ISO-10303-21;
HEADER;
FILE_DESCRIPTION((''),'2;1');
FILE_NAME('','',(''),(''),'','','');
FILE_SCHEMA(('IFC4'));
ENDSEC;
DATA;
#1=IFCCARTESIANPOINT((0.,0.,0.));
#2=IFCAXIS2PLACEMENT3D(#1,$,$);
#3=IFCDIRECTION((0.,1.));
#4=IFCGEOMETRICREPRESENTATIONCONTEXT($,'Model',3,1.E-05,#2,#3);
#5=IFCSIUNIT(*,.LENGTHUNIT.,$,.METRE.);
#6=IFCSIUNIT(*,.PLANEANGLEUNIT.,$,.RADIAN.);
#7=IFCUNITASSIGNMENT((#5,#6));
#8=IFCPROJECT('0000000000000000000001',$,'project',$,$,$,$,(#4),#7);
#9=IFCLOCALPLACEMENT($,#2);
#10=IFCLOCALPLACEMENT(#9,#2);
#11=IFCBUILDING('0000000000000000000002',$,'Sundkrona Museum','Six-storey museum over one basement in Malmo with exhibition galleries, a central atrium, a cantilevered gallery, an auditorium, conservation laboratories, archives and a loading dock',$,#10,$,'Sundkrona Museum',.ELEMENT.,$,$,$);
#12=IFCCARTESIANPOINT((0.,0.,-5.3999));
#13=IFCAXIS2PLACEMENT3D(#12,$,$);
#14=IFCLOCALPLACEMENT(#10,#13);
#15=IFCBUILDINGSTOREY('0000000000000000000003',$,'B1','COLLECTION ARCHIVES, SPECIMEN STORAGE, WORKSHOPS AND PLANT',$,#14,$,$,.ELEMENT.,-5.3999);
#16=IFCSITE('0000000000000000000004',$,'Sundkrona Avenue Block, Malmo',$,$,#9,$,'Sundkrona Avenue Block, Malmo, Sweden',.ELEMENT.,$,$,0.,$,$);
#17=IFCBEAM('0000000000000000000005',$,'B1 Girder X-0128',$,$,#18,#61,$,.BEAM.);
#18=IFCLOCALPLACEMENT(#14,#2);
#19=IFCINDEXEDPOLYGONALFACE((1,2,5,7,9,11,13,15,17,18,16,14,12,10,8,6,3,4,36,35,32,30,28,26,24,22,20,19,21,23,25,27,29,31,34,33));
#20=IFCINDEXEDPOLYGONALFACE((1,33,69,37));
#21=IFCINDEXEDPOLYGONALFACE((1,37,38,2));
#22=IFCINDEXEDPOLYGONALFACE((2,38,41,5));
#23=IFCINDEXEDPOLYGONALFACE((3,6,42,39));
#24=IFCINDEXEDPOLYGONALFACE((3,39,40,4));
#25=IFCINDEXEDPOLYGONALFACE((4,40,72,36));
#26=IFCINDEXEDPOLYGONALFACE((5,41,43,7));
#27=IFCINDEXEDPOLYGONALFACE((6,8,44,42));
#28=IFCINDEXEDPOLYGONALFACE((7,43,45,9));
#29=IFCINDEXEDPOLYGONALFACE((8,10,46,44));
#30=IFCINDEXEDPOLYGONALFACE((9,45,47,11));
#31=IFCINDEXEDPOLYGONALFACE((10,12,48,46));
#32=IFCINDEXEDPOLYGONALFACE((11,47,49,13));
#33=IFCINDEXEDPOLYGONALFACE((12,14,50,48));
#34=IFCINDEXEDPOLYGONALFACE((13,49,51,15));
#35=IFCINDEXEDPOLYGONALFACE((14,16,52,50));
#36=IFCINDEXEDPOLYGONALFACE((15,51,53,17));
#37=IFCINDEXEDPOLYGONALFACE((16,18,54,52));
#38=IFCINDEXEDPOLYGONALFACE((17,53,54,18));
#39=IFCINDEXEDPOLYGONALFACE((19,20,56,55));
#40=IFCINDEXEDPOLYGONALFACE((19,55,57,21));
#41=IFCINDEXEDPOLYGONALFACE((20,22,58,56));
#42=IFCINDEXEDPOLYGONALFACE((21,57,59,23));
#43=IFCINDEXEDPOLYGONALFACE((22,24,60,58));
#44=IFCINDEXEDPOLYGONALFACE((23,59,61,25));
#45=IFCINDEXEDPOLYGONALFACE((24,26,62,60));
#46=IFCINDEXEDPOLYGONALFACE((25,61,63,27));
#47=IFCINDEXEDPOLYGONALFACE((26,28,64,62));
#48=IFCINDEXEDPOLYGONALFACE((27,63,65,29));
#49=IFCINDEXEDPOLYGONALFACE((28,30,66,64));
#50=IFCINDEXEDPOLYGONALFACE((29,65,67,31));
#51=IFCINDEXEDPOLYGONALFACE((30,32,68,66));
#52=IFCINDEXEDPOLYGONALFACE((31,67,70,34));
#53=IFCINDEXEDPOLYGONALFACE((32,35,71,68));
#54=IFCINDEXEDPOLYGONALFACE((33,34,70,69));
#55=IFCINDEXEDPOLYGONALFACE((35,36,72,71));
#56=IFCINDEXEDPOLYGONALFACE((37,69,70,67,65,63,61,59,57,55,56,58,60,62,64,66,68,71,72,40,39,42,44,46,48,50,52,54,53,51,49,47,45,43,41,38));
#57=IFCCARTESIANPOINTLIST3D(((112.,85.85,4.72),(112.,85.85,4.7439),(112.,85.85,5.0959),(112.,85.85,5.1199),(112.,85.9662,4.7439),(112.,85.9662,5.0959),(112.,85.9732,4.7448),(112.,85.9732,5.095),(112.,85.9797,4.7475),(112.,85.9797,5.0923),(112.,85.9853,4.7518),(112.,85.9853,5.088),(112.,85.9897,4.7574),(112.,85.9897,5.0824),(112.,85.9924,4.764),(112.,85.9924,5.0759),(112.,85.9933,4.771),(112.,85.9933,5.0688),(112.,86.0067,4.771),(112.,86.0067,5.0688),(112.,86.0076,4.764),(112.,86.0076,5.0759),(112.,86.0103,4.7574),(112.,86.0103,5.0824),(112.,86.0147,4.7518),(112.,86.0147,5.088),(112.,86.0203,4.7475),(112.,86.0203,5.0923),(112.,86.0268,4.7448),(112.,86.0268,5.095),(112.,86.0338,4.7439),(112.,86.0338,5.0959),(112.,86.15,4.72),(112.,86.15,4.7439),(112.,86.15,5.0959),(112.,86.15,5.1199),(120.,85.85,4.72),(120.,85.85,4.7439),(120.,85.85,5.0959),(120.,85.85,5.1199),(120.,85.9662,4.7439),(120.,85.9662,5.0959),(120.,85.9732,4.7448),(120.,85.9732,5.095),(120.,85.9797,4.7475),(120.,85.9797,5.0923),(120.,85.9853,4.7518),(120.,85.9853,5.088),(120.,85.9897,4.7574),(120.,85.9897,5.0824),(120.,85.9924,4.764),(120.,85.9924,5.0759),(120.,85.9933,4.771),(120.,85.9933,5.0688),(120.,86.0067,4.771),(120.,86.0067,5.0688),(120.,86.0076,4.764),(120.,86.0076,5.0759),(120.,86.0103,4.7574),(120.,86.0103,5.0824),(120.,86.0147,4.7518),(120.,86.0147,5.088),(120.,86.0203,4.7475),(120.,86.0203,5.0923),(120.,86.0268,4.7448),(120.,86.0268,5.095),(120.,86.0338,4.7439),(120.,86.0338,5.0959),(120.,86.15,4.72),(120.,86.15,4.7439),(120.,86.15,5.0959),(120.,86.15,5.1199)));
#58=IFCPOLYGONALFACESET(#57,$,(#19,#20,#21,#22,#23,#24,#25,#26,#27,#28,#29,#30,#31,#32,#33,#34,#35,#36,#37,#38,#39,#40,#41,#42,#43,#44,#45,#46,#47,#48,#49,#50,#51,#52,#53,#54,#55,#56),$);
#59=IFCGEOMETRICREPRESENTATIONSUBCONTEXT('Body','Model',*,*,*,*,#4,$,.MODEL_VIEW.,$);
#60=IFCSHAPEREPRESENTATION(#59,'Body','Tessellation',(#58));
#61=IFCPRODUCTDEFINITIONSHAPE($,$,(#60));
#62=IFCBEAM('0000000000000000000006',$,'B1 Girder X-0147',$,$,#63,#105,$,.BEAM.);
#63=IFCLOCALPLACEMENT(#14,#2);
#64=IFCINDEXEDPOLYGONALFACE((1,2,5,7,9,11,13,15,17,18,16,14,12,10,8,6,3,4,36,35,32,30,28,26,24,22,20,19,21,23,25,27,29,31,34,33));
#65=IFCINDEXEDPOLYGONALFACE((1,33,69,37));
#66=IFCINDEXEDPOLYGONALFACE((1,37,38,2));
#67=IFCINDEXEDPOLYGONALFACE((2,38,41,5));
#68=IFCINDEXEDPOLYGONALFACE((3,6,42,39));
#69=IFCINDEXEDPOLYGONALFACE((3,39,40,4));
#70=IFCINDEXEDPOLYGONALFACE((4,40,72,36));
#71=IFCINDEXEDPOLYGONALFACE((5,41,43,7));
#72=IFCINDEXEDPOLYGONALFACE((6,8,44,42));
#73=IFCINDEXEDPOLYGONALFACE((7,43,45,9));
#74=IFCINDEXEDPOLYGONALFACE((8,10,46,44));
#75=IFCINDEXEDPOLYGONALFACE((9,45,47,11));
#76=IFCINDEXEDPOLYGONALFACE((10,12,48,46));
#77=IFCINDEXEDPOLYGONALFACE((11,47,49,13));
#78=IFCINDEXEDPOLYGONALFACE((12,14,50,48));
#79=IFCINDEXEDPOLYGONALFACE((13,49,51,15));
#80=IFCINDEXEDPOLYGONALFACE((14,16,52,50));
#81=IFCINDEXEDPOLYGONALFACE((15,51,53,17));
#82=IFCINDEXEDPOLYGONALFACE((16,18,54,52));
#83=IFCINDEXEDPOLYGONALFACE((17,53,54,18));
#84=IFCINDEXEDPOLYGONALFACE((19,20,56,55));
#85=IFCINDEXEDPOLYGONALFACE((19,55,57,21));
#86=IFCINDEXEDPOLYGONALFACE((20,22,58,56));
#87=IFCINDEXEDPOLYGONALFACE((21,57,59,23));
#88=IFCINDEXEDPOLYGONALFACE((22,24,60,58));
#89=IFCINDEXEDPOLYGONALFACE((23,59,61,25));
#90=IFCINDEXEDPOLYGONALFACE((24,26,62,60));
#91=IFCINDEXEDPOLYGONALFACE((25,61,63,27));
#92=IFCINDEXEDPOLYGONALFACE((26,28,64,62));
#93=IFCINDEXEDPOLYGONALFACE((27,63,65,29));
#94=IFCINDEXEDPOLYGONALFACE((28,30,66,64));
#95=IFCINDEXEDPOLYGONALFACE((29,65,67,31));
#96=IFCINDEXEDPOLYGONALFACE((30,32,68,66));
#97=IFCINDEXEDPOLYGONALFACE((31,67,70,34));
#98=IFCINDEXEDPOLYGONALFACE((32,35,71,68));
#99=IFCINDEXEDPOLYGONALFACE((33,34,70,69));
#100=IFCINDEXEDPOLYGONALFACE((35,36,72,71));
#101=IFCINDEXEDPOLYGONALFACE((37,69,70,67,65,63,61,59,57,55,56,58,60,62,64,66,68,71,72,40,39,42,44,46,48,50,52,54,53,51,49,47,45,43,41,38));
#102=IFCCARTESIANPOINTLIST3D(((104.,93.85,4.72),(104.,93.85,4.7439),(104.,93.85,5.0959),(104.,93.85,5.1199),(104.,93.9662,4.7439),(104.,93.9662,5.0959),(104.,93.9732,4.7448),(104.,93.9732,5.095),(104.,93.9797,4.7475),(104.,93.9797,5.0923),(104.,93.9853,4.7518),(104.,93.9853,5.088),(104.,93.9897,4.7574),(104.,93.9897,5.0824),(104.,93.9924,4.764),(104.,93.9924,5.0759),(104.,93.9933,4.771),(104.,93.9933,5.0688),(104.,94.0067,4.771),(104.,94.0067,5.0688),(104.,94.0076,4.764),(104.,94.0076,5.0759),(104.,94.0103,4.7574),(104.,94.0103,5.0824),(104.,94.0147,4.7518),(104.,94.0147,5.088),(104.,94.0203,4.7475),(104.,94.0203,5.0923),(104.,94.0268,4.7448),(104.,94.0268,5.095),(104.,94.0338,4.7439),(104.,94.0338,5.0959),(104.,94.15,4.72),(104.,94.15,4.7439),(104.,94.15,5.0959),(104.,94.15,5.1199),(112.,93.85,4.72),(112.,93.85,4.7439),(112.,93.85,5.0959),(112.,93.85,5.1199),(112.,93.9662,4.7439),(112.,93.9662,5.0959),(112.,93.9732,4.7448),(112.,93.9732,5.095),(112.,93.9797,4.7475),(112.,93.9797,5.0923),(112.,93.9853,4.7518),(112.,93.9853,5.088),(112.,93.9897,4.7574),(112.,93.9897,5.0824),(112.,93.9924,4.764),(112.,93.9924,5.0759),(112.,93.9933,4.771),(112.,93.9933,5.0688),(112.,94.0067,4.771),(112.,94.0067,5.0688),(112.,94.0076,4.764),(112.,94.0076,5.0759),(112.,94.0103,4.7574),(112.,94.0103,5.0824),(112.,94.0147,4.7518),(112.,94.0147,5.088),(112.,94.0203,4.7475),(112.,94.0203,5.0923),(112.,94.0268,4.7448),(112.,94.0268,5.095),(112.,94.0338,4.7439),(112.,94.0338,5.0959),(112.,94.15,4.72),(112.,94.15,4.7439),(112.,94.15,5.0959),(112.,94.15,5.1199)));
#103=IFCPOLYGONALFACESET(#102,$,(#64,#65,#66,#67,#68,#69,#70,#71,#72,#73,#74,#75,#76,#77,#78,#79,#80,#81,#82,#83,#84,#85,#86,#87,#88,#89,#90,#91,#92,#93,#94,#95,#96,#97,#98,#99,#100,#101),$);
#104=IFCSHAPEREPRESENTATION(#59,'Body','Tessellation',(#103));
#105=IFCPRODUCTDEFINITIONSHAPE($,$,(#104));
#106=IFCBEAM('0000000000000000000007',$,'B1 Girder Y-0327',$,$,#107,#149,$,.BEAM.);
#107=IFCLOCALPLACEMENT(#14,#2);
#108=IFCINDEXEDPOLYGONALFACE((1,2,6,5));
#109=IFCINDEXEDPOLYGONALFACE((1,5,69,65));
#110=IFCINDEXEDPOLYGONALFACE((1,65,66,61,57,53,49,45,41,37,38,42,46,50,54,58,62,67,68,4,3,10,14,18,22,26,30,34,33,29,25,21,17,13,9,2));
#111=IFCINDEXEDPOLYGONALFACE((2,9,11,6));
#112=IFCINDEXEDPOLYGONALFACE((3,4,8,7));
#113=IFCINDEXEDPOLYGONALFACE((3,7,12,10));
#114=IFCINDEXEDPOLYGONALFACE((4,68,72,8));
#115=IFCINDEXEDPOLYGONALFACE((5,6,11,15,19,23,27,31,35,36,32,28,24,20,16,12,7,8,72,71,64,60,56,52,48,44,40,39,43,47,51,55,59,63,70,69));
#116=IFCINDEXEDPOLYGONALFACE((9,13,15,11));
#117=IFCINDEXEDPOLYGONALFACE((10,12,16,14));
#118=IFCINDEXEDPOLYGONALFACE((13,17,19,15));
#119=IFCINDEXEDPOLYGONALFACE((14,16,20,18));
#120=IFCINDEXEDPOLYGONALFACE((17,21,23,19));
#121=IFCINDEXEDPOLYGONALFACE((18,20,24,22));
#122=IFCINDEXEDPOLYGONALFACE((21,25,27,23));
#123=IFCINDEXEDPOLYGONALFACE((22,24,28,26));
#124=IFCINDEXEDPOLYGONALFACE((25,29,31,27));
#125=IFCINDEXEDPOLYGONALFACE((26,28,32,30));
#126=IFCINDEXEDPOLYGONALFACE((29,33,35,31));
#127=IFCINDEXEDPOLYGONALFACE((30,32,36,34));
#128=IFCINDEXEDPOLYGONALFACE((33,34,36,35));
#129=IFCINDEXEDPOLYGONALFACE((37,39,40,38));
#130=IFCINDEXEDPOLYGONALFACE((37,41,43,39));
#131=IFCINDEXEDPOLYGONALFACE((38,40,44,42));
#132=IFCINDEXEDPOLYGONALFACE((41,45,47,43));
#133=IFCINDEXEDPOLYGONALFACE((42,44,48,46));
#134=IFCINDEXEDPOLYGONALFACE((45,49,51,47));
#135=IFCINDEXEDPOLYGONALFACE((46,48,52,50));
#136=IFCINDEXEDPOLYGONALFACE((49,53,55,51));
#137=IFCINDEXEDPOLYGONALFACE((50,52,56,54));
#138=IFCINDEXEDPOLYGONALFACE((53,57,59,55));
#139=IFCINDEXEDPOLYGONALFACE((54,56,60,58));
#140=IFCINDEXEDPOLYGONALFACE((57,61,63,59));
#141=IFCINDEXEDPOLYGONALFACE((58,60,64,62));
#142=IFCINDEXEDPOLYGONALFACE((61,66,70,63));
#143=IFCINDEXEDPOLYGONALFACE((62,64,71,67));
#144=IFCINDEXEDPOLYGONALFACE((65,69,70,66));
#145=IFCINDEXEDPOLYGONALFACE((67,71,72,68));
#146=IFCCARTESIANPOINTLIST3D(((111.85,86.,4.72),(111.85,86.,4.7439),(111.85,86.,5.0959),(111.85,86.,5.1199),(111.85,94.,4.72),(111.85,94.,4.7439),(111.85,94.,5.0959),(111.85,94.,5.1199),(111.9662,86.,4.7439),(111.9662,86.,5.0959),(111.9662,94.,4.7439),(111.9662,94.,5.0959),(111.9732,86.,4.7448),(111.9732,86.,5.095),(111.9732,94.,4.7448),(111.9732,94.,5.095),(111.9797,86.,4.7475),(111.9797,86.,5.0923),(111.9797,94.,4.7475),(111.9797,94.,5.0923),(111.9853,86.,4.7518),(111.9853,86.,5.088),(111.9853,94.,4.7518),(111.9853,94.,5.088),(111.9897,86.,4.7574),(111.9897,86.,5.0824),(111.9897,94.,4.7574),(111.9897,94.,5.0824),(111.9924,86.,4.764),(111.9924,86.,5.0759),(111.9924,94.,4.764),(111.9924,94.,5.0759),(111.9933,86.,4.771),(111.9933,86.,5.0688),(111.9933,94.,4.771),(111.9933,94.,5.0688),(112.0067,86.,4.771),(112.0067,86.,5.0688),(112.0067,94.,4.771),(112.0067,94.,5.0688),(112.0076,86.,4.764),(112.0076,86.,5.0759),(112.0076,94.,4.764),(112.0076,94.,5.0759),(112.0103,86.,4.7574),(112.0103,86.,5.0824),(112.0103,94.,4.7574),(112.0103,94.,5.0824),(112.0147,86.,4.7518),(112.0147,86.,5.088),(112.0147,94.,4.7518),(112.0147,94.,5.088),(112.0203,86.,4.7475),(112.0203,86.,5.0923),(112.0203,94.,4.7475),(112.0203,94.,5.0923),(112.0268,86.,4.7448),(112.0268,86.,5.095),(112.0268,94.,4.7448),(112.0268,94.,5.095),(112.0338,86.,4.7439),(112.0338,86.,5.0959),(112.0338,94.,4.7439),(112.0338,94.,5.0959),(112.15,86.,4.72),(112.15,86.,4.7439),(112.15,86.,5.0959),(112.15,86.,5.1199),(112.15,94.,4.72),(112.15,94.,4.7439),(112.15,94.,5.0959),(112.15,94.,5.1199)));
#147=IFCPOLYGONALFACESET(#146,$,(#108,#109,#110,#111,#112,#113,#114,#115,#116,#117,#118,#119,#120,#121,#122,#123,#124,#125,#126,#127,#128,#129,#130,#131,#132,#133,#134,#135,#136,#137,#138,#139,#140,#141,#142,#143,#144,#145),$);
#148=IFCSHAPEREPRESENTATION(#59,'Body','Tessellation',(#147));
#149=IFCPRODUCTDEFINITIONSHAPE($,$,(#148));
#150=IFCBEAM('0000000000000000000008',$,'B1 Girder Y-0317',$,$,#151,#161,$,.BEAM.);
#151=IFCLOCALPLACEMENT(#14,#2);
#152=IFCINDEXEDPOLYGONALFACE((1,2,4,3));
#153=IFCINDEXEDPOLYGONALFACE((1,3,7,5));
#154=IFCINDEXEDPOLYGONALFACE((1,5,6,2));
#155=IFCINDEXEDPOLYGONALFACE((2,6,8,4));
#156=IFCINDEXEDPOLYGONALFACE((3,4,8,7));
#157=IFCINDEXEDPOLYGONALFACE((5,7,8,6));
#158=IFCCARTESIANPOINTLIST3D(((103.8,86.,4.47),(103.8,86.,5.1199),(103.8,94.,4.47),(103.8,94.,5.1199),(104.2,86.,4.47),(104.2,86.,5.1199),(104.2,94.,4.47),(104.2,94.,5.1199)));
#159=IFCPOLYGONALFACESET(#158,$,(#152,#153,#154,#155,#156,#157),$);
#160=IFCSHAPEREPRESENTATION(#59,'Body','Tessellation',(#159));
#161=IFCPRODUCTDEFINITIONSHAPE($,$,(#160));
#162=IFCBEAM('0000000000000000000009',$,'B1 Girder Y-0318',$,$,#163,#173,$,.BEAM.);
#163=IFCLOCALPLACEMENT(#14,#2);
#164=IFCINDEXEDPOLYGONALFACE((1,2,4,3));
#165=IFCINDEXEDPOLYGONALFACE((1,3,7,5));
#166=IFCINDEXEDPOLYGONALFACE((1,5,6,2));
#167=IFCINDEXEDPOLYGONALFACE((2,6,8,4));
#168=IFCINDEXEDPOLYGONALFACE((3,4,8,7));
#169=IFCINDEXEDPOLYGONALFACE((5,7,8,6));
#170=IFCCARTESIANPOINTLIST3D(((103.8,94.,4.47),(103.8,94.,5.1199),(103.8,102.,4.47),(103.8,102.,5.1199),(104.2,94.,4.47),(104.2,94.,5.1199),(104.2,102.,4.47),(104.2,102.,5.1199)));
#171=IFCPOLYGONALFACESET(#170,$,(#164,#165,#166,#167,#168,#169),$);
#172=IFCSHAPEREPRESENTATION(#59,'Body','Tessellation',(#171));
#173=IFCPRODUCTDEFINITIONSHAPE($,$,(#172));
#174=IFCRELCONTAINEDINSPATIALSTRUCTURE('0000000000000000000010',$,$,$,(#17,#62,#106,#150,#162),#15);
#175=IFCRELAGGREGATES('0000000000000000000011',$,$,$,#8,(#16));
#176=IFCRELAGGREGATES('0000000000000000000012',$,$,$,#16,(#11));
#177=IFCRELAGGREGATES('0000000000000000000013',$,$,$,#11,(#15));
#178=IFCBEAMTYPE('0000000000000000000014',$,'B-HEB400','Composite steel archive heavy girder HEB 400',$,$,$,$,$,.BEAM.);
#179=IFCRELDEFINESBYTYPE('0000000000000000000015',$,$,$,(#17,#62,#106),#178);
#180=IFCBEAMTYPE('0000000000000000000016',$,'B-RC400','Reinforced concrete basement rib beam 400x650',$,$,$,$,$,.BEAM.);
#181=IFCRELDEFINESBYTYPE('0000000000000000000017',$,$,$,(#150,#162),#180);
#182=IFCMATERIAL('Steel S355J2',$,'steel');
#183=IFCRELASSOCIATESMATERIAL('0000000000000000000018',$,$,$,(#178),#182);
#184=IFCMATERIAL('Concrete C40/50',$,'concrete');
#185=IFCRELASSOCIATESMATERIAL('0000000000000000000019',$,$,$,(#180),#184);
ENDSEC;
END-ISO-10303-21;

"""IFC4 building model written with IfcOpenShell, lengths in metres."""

from ifc_helpers import new_model, si_unit, direction, frame, origin, origin_2d, place, context, subcontext, project, spatial, rectangle, i_section, extrude, material, material_profile, profile_set, type_object, element, save


model = new_model("IFC4")

# Units and contexts
model_context = context("Model", 3, precision=1e-05, world=origin(), true_north=direction((0.0, 1.0)))
body_context = subcontext(model_context, "Body", "Model", "MODEL_VIEW")
ifc_project = project(units=[si_unit("LENGTHUNIT", "METRE"), si_unit("PLANEANGLEUNIT", "RADIAN")], contexts=[model_context])

# Site, building, storey
site_placement = place(None, origin())
site = spatial("IfcSite", under=ifc_project, at=site_placement, Name="Sundkrona Avenue Block, Malmo", LongName="Sundkrona Avenue Block, Malmo, Sweden", CompositionType="ELEMENT", RefElevation=0.0)
building_placement = place(site_placement, origin())
building = spatial("IfcBuilding", under=site, at=building_placement, Name="Sundkrona Museum", Description="Six-storey museum over one basement in Malmo with exhibition galleries, a central atrium, a cantilevered gallery, an auditorium, conservation laboratories, archives and a loading dock", LongName="Sundkrona Museum", CompositionType="ELEMENT")
storey_placement = place(building_placement, frame((0.0, 0.0, -5.3999)))
storey = spatial("IfcBuildingStorey", under=building, at=storey_placement, Name="B1", Description="COLLECTION ARCHIVES, SPECIMEN STORAGE, WORKSHOPS AND PLANT", CompositionType="ELEMENT", Elevation=-5.3999)

# Shared definitions
ifc_material_1 = material(Name="Concrete C40/50", Category="concrete")

# Beams
ifc_material_2 = material(Name="Steel S355J2", Category="steel")
ifc_material_profile_1 = material_profile(ifc_material_2, i_section(OverallWidth=0.3, OverallDepth=0.3999, WebThickness=0.0134, FlangeThickness=0.0239, FilletRadius=0.0271, at=origin_2d()), Name="HEB 400")
ifc_profile_set_1 = profile_set([ifc_material_profile_1], Name="Steel S355J2")
beam_type_1 = type_object("IfcBeamType", Name="B-HEB400", Description="Composite steel archive heavy girder HEB 400", PredefinedType="BEAM", material=ifc_profile_set_1)
for number, where, z_axis, x_axis, name in (
    (1, (112.0, 86.0, 4.9199), (1.0, 0.0, 0.0), (0.0, 1.0, 0.0), "B1 Girder X-0128"),
    (2, (104.0, 94.0, 4.9199), (1.0, 0.0, 0.0), (0.0, 1.0, 0.0), "B1 Girder X-0147"),
    (3, (112.0, 86.0, 4.9199), (0.0, 1.0, 0.0), (-1.0, 0.0, 0.0), "B1 Girder Y-0327"),
):
    element("IfcBeam", number, at=place(storey_placement, frame(where, z_axis=z_axis, x_axis=x_axis)), inside=storey, type_object=beam_type_1, Name=name, PredefinedType="BEAM", context=body_context, shape_type="SweptSolid", body=[
        extrude(i_section(OverallWidth=0.3, OverallDepth=0.3999, WebThickness=0.0134, FlangeThickness=0.0239, FilletRadius=0.0271, at=origin_2d()), origin(), (0.0, 0.0, 1.0), 8.0),
    ])
ifc_material_profile_2 = material_profile(ifc_material_1, rectangle(XDim=0.3999, YDim=0.6499, at=origin_2d()), Name="RCB 400x650")
ifc_profile_set_2 = profile_set([ifc_material_profile_2], Name="Concrete C40/50")
beam_type_2 = type_object("IfcBeamType", Name="B-RC400", Description="Reinforced concrete basement rib beam 400x650", PredefinedType="BEAM", material=ifc_profile_set_2)
for number, where, z_axis, x_axis, name in (
    (4, (104.0, 86.0, 4.7949), (0.0, 1.0, 0.0), (-1.0, 0.0, 0.0), "B1 Girder Y-0317"),
    (5, (104.0, 94.0, 4.7949), (0.0, 1.0, 0.0), (-1.0, 0.0, 0.0), "B1 Girder Y-0318"),
):
    element("IfcBeam", number, at=place(storey_placement, frame(where, z_axis=z_axis, x_axis=x_axis)), inside=storey, type_object=beam_type_2, Name=name, PredefinedType="BEAM", context=body_context, shape_type="SweptSolid", body=[
        extrude(rectangle(XDim=0.3999, YDim=0.6499, at=origin_2d()), origin(), (0.0, 0.0, 1.0), 8.0),
    ])

save(model, "model.ifc")
